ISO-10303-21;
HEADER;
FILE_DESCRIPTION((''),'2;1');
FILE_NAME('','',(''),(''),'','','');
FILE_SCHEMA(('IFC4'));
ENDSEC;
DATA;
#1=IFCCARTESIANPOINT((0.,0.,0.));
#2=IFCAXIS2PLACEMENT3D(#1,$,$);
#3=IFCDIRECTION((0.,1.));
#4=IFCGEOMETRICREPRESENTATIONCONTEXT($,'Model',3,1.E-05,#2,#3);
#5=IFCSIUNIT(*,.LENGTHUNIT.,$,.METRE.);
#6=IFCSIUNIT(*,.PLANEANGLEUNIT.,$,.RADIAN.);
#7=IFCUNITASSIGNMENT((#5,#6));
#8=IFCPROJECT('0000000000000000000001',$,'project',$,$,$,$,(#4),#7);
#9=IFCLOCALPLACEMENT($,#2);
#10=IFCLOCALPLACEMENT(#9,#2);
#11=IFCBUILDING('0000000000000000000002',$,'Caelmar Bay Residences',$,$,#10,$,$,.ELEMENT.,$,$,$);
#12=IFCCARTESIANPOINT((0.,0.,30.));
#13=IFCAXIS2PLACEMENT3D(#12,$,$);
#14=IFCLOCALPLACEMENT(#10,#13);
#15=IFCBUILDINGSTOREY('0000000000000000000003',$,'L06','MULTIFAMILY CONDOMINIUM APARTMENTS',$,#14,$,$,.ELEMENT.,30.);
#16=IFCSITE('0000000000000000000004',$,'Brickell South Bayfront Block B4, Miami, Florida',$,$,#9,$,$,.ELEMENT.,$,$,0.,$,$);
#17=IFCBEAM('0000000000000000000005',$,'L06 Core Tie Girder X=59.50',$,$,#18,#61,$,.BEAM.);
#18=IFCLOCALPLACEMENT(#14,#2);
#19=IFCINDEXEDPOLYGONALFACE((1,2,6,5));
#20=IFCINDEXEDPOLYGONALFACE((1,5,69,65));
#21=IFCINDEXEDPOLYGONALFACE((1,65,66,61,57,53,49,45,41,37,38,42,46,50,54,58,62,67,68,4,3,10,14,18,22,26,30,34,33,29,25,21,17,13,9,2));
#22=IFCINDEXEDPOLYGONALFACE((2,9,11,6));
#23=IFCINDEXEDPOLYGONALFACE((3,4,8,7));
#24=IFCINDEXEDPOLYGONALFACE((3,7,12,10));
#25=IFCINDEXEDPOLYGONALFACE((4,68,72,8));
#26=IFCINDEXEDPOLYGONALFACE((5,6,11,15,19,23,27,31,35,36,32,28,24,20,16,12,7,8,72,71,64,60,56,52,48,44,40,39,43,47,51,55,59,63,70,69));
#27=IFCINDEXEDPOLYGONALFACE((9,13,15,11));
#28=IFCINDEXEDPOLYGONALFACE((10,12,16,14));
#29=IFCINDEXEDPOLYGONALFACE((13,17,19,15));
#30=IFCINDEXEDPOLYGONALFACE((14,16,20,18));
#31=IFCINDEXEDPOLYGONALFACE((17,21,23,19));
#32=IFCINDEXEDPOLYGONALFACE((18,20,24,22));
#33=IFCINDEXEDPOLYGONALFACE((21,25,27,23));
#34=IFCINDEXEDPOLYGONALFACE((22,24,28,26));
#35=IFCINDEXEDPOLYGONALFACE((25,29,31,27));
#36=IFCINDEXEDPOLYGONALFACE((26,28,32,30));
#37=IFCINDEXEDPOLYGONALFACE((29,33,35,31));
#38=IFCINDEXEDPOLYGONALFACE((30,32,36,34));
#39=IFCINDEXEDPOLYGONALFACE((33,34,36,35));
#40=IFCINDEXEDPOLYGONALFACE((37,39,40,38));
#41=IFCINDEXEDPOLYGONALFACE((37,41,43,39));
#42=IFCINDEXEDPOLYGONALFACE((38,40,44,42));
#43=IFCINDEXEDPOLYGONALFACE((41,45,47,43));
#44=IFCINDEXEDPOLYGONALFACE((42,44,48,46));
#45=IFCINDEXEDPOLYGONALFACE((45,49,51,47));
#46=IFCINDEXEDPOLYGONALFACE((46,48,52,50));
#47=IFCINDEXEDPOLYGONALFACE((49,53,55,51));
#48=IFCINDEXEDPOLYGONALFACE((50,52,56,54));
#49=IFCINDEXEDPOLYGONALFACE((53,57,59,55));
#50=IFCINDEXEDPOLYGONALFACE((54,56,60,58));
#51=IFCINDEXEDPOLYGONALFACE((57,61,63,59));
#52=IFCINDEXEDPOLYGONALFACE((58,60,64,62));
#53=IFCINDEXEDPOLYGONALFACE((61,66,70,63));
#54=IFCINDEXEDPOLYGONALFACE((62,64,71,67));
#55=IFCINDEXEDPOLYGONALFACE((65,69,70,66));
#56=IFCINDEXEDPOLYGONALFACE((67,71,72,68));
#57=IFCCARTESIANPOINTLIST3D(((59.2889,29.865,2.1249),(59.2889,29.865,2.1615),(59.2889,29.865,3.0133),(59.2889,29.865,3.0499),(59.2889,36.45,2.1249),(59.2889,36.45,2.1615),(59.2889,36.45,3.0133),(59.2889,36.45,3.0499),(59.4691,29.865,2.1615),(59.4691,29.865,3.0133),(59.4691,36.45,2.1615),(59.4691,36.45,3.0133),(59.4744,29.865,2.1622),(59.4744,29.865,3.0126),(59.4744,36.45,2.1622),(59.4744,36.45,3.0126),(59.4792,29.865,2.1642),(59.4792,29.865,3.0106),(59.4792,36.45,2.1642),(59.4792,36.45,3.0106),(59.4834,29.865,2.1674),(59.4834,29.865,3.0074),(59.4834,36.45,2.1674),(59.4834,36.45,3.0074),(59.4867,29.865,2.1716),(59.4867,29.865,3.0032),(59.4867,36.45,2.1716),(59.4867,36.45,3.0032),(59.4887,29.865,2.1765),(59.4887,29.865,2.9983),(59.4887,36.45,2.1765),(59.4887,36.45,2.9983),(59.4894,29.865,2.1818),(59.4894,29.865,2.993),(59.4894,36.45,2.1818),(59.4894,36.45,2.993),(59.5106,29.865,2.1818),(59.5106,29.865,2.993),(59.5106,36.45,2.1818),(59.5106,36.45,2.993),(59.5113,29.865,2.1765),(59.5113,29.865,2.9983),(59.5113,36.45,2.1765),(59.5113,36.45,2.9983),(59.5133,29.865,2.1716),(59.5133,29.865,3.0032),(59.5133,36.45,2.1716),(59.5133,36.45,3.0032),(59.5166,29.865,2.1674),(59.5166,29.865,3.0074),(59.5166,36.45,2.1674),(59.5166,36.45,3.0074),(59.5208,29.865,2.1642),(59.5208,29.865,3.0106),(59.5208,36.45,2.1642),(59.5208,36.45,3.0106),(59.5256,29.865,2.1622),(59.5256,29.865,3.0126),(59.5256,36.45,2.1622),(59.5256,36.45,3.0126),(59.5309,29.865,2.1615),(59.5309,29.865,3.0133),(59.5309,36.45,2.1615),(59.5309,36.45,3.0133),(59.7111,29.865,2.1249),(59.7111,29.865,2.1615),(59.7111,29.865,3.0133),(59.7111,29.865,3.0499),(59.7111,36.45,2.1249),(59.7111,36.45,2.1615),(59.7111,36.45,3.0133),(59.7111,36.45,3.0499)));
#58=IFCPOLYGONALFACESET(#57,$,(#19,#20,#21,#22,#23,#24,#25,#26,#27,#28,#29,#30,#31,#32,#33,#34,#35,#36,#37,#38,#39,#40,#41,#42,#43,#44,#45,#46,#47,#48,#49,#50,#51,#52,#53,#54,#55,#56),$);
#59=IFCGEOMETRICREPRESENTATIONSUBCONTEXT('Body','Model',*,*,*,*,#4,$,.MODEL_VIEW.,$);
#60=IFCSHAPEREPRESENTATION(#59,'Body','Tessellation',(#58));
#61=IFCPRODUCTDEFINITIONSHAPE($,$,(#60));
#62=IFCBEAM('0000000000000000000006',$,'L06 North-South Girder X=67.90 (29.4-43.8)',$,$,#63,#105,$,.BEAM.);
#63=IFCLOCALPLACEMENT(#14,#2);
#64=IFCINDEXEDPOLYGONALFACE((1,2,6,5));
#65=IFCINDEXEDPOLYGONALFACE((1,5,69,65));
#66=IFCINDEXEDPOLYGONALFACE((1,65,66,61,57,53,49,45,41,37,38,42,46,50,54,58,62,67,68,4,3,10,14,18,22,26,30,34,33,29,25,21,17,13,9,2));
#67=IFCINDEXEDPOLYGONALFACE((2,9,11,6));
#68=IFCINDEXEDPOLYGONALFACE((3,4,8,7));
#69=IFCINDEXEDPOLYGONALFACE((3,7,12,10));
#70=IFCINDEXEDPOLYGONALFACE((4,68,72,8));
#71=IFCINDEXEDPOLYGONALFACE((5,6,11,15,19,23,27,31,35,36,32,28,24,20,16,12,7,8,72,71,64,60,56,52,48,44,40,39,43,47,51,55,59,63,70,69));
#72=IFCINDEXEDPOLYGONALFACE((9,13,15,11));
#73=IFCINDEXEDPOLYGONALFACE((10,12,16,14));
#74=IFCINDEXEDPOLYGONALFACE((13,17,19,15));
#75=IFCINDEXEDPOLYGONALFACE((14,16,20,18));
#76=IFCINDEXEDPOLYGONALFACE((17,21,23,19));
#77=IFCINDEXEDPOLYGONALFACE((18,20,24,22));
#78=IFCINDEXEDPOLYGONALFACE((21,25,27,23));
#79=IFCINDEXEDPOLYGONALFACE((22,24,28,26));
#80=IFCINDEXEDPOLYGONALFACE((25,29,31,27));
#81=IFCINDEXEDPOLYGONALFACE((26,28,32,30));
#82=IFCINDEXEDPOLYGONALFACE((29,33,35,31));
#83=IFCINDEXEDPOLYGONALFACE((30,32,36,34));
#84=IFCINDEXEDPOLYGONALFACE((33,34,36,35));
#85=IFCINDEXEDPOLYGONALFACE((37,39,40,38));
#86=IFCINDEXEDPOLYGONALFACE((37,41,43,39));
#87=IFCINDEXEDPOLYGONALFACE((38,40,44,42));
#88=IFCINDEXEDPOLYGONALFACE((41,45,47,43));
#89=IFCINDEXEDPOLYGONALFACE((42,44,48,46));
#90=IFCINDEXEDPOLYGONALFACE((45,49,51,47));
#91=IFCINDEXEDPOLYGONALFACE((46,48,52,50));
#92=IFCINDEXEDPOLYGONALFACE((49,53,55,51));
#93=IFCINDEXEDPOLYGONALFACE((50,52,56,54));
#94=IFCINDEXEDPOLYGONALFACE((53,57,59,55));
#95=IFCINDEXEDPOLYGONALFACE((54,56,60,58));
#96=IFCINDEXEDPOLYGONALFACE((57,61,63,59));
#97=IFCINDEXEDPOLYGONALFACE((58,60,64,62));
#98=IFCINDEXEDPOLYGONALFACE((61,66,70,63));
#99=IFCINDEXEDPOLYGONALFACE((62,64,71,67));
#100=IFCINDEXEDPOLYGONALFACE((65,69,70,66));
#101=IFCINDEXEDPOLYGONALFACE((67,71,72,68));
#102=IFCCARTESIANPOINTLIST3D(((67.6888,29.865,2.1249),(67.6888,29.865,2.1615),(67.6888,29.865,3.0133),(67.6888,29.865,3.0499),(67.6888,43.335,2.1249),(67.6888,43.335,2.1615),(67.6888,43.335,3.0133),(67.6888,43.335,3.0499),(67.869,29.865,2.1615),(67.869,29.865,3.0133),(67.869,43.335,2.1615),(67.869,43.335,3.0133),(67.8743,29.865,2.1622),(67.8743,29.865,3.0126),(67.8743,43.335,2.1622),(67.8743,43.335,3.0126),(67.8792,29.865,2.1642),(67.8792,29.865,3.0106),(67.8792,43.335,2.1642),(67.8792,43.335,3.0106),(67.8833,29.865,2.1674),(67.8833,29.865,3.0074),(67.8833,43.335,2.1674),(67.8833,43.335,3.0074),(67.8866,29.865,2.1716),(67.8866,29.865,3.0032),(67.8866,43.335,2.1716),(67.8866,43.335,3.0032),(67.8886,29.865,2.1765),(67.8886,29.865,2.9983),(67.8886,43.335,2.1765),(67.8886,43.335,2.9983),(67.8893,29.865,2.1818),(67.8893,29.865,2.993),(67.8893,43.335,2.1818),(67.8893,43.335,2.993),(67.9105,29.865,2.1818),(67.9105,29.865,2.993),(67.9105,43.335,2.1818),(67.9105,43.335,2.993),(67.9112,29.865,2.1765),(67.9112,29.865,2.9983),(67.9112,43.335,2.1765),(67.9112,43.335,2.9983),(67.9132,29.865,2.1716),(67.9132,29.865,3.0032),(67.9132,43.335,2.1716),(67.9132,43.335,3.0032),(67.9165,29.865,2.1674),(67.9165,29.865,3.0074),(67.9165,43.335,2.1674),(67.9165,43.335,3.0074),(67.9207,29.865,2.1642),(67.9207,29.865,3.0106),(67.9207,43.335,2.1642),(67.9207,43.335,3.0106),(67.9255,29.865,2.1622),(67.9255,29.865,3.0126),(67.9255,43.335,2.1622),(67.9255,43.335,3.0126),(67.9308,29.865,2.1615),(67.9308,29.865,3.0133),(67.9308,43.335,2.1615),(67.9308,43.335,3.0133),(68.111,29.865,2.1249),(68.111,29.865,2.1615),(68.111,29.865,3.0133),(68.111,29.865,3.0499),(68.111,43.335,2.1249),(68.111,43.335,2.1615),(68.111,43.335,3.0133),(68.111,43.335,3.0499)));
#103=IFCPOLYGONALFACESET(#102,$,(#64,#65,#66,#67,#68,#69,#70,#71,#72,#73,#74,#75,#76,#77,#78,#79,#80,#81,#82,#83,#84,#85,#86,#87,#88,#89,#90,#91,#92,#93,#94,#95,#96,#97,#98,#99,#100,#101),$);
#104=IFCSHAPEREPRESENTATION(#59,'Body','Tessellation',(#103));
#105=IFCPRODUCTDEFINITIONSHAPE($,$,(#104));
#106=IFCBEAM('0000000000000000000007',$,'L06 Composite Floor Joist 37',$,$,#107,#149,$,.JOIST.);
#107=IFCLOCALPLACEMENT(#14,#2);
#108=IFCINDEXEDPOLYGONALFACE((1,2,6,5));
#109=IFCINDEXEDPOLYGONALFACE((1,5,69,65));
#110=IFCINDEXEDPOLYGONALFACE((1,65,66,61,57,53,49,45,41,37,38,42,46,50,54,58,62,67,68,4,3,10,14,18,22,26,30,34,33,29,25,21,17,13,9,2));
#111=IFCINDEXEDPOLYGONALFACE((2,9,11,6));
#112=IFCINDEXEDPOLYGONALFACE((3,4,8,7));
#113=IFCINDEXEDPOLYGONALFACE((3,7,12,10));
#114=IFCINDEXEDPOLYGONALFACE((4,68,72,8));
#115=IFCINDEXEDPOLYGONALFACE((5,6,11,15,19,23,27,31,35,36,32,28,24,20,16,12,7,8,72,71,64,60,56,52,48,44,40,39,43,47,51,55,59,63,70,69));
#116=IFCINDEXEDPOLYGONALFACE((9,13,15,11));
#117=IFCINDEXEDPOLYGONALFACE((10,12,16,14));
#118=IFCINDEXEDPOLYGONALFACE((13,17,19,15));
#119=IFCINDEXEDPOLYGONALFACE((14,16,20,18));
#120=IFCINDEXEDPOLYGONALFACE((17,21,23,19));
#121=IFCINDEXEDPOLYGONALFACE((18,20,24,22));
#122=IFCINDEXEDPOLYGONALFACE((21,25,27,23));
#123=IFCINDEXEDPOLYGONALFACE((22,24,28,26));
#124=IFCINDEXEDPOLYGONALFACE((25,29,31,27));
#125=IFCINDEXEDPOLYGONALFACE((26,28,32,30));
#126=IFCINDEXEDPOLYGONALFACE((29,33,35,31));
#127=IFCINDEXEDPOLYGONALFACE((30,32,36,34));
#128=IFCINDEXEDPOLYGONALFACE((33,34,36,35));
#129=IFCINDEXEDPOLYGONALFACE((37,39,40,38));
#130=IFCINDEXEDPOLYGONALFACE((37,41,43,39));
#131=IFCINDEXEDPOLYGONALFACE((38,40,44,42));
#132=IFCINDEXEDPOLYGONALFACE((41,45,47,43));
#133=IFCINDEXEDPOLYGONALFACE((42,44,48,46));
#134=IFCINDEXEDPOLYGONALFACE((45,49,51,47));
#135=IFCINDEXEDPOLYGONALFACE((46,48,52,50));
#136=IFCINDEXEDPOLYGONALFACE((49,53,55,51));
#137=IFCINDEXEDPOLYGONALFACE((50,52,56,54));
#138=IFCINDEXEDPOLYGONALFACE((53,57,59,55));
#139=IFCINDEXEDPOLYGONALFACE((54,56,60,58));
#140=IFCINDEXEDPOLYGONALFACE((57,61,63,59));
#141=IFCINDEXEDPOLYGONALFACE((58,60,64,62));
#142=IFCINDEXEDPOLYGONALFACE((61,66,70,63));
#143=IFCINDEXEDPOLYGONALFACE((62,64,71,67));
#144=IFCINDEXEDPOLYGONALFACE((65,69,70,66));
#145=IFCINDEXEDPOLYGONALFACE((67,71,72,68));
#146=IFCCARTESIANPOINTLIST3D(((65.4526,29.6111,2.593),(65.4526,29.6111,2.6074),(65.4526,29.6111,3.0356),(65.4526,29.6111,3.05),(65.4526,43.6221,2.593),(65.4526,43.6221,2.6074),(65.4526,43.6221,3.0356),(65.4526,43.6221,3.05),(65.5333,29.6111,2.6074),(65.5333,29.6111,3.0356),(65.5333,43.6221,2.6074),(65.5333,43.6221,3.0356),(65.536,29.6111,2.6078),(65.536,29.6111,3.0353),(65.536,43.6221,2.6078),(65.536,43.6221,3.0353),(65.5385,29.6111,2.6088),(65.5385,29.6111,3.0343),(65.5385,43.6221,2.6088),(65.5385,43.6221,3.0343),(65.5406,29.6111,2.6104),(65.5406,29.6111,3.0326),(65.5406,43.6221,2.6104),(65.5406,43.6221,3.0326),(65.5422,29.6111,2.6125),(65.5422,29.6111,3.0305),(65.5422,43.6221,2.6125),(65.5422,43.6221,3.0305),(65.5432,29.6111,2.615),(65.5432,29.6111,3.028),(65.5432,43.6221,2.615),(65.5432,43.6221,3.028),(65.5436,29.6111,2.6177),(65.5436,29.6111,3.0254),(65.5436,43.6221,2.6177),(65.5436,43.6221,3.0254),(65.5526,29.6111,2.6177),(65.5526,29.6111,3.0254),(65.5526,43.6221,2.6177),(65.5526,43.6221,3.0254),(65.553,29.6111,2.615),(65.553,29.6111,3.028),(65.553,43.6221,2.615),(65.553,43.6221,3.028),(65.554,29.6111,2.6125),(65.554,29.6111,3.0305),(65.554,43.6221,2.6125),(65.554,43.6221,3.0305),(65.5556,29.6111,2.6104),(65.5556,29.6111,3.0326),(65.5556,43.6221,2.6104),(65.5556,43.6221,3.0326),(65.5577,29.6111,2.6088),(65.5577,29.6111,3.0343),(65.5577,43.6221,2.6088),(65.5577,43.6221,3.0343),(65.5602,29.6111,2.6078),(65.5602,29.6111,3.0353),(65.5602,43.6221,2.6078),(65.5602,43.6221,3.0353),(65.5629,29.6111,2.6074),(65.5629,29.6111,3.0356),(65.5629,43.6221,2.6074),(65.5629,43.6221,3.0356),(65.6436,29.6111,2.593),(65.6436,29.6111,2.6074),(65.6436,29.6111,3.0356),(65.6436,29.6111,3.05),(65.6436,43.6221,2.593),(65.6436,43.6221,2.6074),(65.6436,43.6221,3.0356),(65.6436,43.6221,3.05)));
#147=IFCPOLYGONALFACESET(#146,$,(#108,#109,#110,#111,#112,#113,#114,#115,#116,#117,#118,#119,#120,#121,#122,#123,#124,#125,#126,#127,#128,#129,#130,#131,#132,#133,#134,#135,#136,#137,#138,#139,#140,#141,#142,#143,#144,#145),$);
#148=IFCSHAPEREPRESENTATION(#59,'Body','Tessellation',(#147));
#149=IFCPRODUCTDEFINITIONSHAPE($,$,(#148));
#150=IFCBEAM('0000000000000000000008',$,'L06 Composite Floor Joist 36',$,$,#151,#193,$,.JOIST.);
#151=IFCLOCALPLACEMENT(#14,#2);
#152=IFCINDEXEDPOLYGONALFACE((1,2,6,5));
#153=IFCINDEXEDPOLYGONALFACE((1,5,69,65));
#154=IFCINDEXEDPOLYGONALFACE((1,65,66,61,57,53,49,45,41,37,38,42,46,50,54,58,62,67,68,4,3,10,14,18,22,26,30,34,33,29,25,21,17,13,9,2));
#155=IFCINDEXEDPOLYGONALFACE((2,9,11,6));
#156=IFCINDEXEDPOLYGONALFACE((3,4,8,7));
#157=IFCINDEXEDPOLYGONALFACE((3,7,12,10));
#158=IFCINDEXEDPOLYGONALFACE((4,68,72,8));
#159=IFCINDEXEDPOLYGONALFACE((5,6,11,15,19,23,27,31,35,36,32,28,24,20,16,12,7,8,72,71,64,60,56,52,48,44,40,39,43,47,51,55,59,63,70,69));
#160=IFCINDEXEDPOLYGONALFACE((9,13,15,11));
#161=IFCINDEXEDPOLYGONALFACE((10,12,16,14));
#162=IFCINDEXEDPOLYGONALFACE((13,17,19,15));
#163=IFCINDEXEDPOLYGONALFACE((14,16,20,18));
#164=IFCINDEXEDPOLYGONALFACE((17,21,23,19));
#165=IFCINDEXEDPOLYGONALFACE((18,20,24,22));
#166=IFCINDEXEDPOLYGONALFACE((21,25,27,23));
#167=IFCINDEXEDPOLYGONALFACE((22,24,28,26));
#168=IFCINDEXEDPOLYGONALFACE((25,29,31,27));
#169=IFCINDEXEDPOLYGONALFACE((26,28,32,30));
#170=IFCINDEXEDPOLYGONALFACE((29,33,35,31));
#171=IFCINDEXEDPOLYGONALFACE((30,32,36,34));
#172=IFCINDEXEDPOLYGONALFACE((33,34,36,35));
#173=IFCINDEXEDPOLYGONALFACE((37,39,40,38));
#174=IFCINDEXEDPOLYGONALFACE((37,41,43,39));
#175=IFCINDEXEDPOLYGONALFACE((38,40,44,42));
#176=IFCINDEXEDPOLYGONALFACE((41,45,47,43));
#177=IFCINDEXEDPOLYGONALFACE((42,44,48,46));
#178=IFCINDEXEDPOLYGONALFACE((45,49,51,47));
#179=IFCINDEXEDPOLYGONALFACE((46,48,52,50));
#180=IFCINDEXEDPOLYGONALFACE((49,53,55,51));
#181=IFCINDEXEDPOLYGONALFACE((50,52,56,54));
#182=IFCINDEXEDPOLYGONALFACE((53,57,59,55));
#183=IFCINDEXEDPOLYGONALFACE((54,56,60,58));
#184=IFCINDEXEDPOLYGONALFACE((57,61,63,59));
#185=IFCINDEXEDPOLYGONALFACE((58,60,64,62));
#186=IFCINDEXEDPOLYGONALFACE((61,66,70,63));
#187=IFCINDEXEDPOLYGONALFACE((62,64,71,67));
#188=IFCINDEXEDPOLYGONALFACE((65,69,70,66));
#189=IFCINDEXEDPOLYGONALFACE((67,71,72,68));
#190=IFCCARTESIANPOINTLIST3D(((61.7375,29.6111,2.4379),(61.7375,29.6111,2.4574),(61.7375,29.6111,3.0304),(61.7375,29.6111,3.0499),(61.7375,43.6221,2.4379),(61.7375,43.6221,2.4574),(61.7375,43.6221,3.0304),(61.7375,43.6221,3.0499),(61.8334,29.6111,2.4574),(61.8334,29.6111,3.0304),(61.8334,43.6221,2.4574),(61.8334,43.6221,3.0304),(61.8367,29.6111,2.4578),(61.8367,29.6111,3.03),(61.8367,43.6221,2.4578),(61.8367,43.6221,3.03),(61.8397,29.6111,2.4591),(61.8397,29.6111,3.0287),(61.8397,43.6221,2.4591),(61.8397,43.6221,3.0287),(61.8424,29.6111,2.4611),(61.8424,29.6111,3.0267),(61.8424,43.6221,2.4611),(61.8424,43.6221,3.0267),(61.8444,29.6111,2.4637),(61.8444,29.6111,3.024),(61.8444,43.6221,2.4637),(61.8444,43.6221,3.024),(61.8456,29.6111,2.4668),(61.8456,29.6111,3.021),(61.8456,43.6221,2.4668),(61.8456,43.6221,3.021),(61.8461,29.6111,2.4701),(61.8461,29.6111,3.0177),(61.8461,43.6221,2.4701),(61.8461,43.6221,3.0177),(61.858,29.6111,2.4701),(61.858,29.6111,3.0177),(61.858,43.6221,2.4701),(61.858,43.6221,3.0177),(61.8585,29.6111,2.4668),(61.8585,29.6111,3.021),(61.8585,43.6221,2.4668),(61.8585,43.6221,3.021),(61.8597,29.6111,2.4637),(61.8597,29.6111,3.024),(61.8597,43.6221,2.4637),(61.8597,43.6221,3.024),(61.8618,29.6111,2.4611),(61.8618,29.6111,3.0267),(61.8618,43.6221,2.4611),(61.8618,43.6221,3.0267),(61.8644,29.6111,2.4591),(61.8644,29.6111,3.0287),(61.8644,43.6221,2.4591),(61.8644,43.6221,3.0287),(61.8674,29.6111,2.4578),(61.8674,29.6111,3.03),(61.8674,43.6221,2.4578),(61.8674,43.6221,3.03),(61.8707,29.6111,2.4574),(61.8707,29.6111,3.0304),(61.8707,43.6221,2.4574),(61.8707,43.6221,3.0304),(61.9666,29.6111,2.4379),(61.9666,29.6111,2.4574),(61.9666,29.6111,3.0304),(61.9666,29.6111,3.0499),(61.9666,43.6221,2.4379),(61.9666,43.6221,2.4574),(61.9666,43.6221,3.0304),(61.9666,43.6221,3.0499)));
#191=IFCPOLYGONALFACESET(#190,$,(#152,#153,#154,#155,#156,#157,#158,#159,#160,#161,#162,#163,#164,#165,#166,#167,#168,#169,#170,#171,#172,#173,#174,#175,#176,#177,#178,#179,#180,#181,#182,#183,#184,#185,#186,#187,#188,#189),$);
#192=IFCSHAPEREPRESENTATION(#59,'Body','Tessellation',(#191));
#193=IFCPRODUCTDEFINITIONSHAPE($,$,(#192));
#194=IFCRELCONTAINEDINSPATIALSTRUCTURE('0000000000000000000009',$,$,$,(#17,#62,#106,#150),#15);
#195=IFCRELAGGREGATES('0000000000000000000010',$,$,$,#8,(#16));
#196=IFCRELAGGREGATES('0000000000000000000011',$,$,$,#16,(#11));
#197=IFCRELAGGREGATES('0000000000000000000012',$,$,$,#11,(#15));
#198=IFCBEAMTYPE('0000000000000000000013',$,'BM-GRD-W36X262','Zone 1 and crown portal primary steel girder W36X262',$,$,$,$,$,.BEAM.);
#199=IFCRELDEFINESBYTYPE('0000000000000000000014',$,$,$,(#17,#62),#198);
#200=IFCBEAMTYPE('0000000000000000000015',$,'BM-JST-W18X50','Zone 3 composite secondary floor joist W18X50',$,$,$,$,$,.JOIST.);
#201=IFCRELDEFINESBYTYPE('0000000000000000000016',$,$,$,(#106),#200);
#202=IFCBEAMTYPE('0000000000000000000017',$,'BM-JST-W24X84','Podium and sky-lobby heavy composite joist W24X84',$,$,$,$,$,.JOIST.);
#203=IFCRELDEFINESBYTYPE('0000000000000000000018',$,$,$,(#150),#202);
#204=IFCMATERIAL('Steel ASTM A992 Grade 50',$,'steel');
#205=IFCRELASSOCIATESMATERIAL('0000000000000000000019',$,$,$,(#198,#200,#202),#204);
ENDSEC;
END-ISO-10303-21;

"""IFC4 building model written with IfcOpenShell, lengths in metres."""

from ifc_helpers import new_model, si_unit, direction, frame, origin, origin_2d, place, context, subcontext, project, spatial, i_section, extrude, material, material_profile, profile_set, type_object, element, save


model = new_model("IFC4")

# Units and contexts
model_context = context("Model", 3, precision=1e-05, world=origin(), true_north=direction((0.0, 1.0)))
body_context = subcontext(model_context, "Body", "Model", "MODEL_VIEW")
ifc_project = project(units=[si_unit("LENGTHUNIT", "METRE"), si_unit("PLANEANGLEUNIT", "RADIAN")], contexts=[model_context])

# Site, building, storey
site_placement = place(None, origin())
site = spatial("IfcSite", under=ifc_project, at=site_placement, Name="Brickell South Bayfront Block B4, Miami, Florida", CompositionType="ELEMENT", RefElevation=0.0)
building_placement = place(site_placement, origin())
building = spatial("IfcBuilding", under=site, at=building_placement, Name="Caelmar Bay Residences", CompositionType="ELEMENT")
storey_placement = place(building_placement, frame((0.0, 0.0, 30.0)))
storey = spatial("IfcBuildingStorey", under=building, at=storey_placement, Name="L06", Description="MULTIFAMILY CONDOMINIUM APARTMENTS", CompositionType="ELEMENT", Elevation=30.0)

# Beams
ifc_material_1 = material(Name="Steel ASTM A992 Grade 50", Category="steel")
ifc_material_profile_1 = material_profile(ifc_material_1, i_section(OverallWidth=0.4221, OverallDepth=0.925, WebThickness=0.0212, FlangeThickness=0.0366, FilletRadius=0.0203, at=origin_2d()), Name="W36X262")
ifc_profile_set_1 = profile_set([ifc_material_profile_1], Name="Steel ASTM A992 Grade 50")
beam_type_1 = type_object("IfcBeamType", Name="BM-GRD-W36X262", Description="Zone 1 and crown portal primary steel girder W36X262", PredefinedType="BEAM", material=ifc_profile_set_1)
beam_1_placement = place(storey_placement, frame((59.5, 29.865, 2.5874), z_axis=(0.0, 1.0, 0.0), x_axis=(-1.0, 0.0, 0.0)))
element("IfcBeam", 1, at=beam_1_placement, inside=storey, type_object=beam_type_1, Name="L06 Core Tie Girder X=59.50", PredefinedType="BEAM", context=body_context, shape_type="SweptSolid", body=[
    extrude(i_section(OverallWidth=0.4221, OverallDepth=0.925, WebThickness=0.0212, FlangeThickness=0.0366, FilletRadius=0.0203, at=origin_2d()), origin(), (0.0, 0.0, 1.0), 6.585),
])
beam_2_placement = place(storey_placement, frame((67.8999, 29.865, 2.5874), z_axis=(0.0, 1.0, 0.0), x_axis=(-1.0, 0.0, 0.0)))
element("IfcBeam", 2, at=beam_2_placement, inside=storey, type_object=beam_type_1, Name="L06 North-South Girder X=67.90 (29.4-43.8)", PredefinedType="BEAM", context=body_context, shape_type="SweptSolid", body=[
    extrude(i_section(OverallWidth=0.4221, OverallDepth=0.925, WebThickness=0.0212, FlangeThickness=0.0366, FilletRadius=0.0203, at=origin_2d()), origin(), (0.0, 0.0, 1.0), 13.47),
])
ifc_material_profile_2 = material_profile(ifc_material_1, i_section(OverallWidth=0.1909, OverallDepth=0.457, WebThickness=0.009, FlangeThickness=0.0144, FilletRadius=0.0103, at=origin_2d()), Name="W18X50")
ifc_profile_set_2 = profile_set([ifc_material_profile_2], Name="Steel ASTM A992 Grade 50")
beam_type_2 = type_object("IfcBeamType", Name="BM-JST-W18X50", Description="Zone 3 composite secondary floor joist W18X50", PredefinedType="JOIST", material=ifc_profile_set_2)
beam_3_placement = place(storey_placement, frame((65.5481, 29.6111, 2.8215), z_axis=(0.0, 1.0, 0.0), x_axis=(-1.0, 0.0, 0.0)))
element("IfcBeam", 3, at=beam_3_placement, inside=storey, type_object=beam_type_2, Name="L06 Composite Floor Joist 37", PredefinedType="JOIST", context=body_context, shape_type="SweptSolid", body=[
    extrude(i_section(OverallWidth=0.1909, OverallDepth=0.457, WebThickness=0.009, FlangeThickness=0.0144, FilletRadius=0.0103, at=origin_2d()), origin(), (0.0, 0.0, 1.0), 14.011),
])
ifc_material_profile_3 = material_profile(ifc_material_1, i_section(OverallWidth=0.229, OverallDepth=0.6121, WebThickness=0.012, FlangeThickness=0.0195, FilletRadius=0.0127, at=origin_2d()), Name="W24X84")
ifc_profile_set_3 = profile_set([ifc_material_profile_3], Name="Steel ASTM A992 Grade 50")
beam_type_3 = type_object("IfcBeamType", Name="BM-JST-W24X84", Description="Podium and sky-lobby heavy composite joist W24X84", PredefinedType="JOIST", material=ifc_profile_set_3)
beam_4_placement = place(storey_placement, frame((61.8521, 29.6111, 2.7439), z_axis=(0.0, 1.0, 0.0), x_axis=(-1.0, 0.0, 0.0)))
element("IfcBeam", 4, at=beam_4_placement, inside=storey, type_object=beam_type_3, Name="L06 Composite Floor Joist 36", PredefinedType="JOIST", context=body_context, shape_type="SweptSolid", body=[
    extrude(i_section(OverallWidth=0.229, OverallDepth=0.6121, WebThickness=0.012, FlangeThickness=0.0195, FilletRadius=0.0127, at=origin_2d()), origin(), (0.0, 0.0, 1.0), 14.011),
])

save(model, "model.ifc")
